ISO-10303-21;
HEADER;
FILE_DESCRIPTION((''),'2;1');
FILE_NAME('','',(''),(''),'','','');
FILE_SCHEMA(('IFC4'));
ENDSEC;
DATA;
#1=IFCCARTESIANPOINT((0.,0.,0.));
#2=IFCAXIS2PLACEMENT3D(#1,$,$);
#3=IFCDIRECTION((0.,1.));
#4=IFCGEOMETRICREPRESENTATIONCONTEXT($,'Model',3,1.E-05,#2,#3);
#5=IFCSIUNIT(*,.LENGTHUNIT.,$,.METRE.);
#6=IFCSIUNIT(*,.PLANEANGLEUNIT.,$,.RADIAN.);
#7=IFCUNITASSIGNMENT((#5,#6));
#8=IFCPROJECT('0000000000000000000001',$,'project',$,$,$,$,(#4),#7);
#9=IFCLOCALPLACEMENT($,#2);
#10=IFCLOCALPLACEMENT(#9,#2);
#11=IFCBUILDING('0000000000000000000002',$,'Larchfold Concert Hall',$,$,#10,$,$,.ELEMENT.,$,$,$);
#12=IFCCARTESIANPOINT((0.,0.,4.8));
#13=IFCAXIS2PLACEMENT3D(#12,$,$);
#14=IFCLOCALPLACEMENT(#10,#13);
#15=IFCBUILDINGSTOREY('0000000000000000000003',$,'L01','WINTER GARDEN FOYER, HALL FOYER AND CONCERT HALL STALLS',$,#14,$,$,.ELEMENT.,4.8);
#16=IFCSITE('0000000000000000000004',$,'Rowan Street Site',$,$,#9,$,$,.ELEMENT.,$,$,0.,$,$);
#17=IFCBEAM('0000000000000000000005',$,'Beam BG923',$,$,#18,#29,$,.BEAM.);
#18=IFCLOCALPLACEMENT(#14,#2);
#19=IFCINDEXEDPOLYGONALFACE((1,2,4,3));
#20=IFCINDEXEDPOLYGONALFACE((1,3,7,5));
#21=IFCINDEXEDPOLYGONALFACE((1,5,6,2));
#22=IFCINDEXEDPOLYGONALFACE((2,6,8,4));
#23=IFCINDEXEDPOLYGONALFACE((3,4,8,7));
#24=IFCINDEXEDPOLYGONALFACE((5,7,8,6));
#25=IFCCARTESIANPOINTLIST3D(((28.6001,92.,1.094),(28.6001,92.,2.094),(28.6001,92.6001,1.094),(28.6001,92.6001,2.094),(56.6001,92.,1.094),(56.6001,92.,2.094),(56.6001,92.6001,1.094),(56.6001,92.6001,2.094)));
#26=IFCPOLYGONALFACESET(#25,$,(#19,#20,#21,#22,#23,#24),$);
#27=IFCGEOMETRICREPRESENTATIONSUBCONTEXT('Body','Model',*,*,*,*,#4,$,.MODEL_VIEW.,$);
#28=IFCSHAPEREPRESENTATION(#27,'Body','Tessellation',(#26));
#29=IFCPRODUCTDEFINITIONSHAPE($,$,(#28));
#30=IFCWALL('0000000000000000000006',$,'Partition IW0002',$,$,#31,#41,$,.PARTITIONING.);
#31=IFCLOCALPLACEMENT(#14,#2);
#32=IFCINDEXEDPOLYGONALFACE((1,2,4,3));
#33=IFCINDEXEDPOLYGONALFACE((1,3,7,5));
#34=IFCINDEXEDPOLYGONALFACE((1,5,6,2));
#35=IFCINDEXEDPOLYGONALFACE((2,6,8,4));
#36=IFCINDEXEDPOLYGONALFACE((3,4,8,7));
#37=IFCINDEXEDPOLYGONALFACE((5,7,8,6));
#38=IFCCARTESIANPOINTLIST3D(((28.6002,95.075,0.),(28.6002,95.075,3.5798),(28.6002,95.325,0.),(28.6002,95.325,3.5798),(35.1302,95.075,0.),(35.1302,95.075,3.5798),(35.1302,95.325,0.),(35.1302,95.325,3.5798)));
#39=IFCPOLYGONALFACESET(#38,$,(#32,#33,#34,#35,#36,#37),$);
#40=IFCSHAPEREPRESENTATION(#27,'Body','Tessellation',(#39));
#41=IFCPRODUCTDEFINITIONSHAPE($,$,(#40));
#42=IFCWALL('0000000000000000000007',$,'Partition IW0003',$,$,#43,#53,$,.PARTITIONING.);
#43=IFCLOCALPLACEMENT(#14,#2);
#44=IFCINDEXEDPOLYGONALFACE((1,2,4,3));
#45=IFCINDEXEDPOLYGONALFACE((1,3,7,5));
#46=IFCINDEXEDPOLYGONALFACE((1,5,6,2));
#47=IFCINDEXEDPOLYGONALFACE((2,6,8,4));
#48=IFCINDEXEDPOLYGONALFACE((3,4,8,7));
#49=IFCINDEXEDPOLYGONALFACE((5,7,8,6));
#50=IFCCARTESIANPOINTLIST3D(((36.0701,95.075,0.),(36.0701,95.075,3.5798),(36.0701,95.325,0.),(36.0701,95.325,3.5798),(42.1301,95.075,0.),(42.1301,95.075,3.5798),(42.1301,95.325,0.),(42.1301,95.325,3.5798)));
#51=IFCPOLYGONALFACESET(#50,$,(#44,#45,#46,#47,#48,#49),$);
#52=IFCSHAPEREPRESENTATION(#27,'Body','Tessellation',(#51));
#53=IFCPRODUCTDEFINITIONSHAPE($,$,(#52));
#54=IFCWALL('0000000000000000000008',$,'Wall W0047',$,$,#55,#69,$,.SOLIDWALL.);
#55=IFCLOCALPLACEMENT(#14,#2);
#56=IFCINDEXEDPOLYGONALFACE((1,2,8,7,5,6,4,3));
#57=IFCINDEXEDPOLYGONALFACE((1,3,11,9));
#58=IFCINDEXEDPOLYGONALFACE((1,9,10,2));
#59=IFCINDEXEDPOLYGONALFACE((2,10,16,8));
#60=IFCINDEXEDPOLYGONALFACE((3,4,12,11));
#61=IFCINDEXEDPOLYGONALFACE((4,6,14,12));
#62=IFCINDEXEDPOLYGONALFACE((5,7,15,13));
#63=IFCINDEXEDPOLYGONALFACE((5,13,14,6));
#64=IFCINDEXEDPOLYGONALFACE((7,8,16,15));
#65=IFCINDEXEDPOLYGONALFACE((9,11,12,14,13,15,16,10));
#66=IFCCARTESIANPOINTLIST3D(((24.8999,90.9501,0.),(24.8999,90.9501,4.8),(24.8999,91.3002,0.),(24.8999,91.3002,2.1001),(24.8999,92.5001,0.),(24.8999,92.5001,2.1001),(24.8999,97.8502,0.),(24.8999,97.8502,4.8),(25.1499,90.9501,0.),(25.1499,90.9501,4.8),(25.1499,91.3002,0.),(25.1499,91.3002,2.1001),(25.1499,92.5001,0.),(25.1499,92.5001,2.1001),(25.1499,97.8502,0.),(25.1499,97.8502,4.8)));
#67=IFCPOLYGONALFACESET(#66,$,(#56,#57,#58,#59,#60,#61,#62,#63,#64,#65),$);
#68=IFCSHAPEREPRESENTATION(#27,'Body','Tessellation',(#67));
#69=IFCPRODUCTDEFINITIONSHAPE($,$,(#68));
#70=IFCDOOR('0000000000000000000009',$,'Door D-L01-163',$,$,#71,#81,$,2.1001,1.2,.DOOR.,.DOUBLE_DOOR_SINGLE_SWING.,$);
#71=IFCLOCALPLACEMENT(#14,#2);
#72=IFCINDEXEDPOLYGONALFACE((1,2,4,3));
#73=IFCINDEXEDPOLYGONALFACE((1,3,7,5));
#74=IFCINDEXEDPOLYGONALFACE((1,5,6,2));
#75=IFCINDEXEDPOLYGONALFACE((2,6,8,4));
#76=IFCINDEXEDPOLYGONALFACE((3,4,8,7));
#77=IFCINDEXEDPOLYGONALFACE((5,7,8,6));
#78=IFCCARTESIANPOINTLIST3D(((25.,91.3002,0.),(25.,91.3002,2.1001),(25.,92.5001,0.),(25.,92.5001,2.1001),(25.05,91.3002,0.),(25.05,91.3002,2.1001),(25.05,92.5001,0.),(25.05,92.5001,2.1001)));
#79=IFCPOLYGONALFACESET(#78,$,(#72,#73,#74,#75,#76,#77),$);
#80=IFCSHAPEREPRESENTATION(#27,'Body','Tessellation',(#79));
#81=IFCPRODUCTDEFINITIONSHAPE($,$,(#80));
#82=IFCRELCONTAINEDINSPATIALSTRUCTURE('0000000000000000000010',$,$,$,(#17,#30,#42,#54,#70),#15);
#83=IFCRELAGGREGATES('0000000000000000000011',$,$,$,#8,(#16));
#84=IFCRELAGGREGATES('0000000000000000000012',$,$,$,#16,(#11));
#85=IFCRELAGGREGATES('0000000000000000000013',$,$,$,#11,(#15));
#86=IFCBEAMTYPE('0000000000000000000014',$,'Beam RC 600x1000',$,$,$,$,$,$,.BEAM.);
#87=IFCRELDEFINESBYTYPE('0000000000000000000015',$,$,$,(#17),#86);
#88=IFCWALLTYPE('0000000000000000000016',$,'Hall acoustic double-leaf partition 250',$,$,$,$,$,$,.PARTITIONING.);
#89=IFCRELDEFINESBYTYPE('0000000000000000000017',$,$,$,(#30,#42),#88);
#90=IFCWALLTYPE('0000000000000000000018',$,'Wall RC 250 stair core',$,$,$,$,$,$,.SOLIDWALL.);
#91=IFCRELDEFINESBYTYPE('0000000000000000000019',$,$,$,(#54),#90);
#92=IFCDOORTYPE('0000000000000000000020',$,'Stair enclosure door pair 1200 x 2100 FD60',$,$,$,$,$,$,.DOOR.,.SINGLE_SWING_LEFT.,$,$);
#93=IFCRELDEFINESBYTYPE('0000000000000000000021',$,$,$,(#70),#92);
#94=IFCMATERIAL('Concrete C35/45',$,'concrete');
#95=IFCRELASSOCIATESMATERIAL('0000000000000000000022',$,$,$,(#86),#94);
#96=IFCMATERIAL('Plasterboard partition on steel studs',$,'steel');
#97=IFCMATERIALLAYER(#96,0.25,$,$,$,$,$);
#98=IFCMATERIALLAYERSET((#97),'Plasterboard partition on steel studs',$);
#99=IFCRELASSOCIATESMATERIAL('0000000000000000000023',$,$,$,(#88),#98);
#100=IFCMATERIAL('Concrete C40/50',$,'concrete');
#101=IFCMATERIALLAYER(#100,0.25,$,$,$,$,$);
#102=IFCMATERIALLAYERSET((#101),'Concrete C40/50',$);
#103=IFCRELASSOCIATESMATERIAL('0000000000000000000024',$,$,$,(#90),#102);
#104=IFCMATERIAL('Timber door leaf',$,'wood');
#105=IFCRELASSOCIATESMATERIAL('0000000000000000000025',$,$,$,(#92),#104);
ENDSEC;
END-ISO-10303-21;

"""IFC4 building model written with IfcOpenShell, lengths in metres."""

from ifc_helpers import new_model, si_unit, direction, frame, frame_2d, origin, origin_2d, place, context, subcontext, project, spatial, rectangle, extrude, material, layer, layer_set, material_profile, profile_set, type_object, element, fill, save


model = new_model("IFC4")

# Units and contexts
model_context = context("Model", 3, precision=1e-05, world=origin(), true_north=direction((0.0, 1.0)))
body_context = subcontext(model_context, "Body", "Model", "MODEL_VIEW")
ifc_project = project(units=[si_unit("LENGTHUNIT", "METRE"), si_unit("PLANEANGLEUNIT", "RADIAN")], contexts=[model_context])

# Site, building, storey
site_placement = place(None, origin())
site = spatial("IfcSite", under=ifc_project, at=site_placement, Name="Rowan Street Site", CompositionType="ELEMENT", RefElevation=0.0)
building_placement = place(site_placement, origin())
building = spatial("IfcBuilding", under=site, at=building_placement, Name="Larchfold Concert Hall", CompositionType="ELEMENT")
storey_placement = place(building_placement, frame((0.0, 0.0, 4.8)))
storey = spatial("IfcBuildingStorey", under=building, at=storey_placement, Name="L01", Description="WINTER GARDEN FOYER, HALL FOYER AND CONCERT HALL STALLS", CompositionType="ELEMENT", Elevation=4.8)

# Beam
ifc_material_1 = material(Name="Concrete C35/45", Category="concrete")
ifc_material_profile_1 = material_profile(ifc_material_1, rectangle(XDim=0.6001, YDim=1.0, at=origin_2d()))
ifc_profile_set_1 = profile_set([ifc_material_profile_1], Name="Concrete C35/45")
beam_type_1 = type_object("IfcBeamType", Name="Beam RC 600x1000", PredefinedType="BEAM", material=ifc_profile_set_1)
beam_1_placement = place(storey_placement, frame((28.6001, 92.3, 1.594), z_axis=(1.0, 0.0, 0.0), x_axis=(0.0, 1.0, 0.0)))
element("IfcBeam", 1, at=beam_1_placement, inside=storey, type_object=beam_type_1, Name="Beam BG923", PredefinedType="BEAM", context=body_context, shape_type="SweptSolid", body=[
    extrude(rectangle(XDim=0.6001, YDim=1.0, at=origin_2d()), origin(), (0.0, 0.0, 1.0), 28.0),
])

# Walls
ifc_material_2 = material(Name="Plasterboard partition on steel studs", Category="steel")
ifc_layer_1 = layer(ifc_material_2, 0.25)
ifc_layer_set_1 = layer_set([ifc_layer_1], Name="Plasterboard partition on steel studs")
wall_type_1 = type_object("IfcWallType", Name="Hall acoustic double-leaf partition 250", PredefinedType="PARTITIONING", material=ifc_layer_set_1)
wall_1_placement = place(storey_placement, frame((28.6001, 95.2, 0.0), z_axis=(0.0, 0.0, 1.0), x_axis=(1.0, 0.0, 0.0)))
element("IfcWall", 2, at=wall_1_placement, inside=storey, type_object=wall_type_1, Name="Partition IW0002", PredefinedType="PARTITIONING", context=body_context, shape_type="SweptSolid", body=[
    extrude(rectangle(XDim=6.53, YDim=0.25, at=frame_2d((3.2651, 0.0))), origin(), (0.0, 0.0, 1.0), 3.5798),
])
wall_2_placement = place(storey_placement, frame((36.0701, 95.2, 0.0), z_axis=(0.0, 0.0, 1.0), x_axis=(1.0, 0.0, 0.0)))
element("IfcWall", 3, at=wall_2_placement, inside=storey, type_object=wall_type_1, Name="Partition IW0003", PredefinedType="PARTITIONING", context=body_context, shape_type="SweptSolid", body=[
    extrude(rectangle(XDim=6.0601, YDim=0.25, at=frame_2d((3.03, 0.0))), origin(), (0.0, 0.0, 1.0), 3.5798),
])

# Wall, opening, door
ifc_material_3 = material(Name="Concrete C40/50", Category="concrete")
ifc_layer_2 = layer(ifc_material_3, 0.25)
ifc_layer_set_2 = layer_set([ifc_layer_2], Name="Concrete C40/50")
wall_type_2 = type_object("IfcWallType", Name="Wall RC 250 stair core", PredefinedType="SOLIDWALL", material=ifc_layer_set_2)
wall_3_placement = place(storey_placement, frame((25.0249, 90.95, 0.0), z_axis=(0.0, 0.0, 1.0), x_axis=(0.0, 1.0, 0.0)))
wall_3 = element("IfcWall", 4, at=wall_3_placement, inside=storey, type_object=wall_type_2, Name="Wall W0047", PredefinedType="SOLIDWALL", context=body_context, shape_type="SweptSolid", body=[
    extrude(rectangle(XDim=6.9001, YDim=0.25, at=frame_2d((3.4502, 0.0))), origin(), (0.0, 0.0, 1.0), 4.8),
])
opening_1_placement = place(wall_3_placement, frame((0.3501, 0.0, 0.0)))
opening_1 = element("IfcOpeningElement", 5, at=opening_1_placement, cuts=wall_3, PredefinedType="OPENING", context=body_context, shape_type="SweptSolid", body=[
    extrude(rectangle(XDim=1.2, YDim=2.1001, at=frame_2d((0.6001, 1.05))), frame((0.0, 0.135, 0.0), z_axis=(0.0, -1.0, 0.0), x_axis=(1.0, 0.0, 0.0)), (0.0, 0.0, 1.0), 0.27),
])
ifc_material_4 = material(Name="Timber door leaf", Category="wood")
door_type_1 = type_object("IfcDoorType", Name="Stair enclosure door pair 1200 x 2100 FD60", OperationType="SINGLE_SWING_LEFT", PredefinedType="DOOR", material=ifc_material_4)
door_1_placement = place(opening_1_placement, origin())
door_1 = element("IfcDoor", 6, at=door_1_placement, inside=storey, type_object=door_type_1, Name="Door D-L01-163", OperationType="DOUBLE_DOOR_SINGLE_SWING", OverallHeight=2.1001, OverallWidth=1.2, PredefinedType="DOOR", context=body_context, shape_type="SweptSolid", body=[
    extrude(rectangle(XDim=1.2, YDim=2.1001, at=frame_2d((0.6001, 1.05))), frame((0.0, 0.0249, 0.0), z_axis=(0.0, -1.0, 0.0), x_axis=(1.0, 0.0, 0.0)), (0.0, 0.0, 1.0), 0.05),
])
fill(opening_1, door_1)

save(model, "model.ifc")
